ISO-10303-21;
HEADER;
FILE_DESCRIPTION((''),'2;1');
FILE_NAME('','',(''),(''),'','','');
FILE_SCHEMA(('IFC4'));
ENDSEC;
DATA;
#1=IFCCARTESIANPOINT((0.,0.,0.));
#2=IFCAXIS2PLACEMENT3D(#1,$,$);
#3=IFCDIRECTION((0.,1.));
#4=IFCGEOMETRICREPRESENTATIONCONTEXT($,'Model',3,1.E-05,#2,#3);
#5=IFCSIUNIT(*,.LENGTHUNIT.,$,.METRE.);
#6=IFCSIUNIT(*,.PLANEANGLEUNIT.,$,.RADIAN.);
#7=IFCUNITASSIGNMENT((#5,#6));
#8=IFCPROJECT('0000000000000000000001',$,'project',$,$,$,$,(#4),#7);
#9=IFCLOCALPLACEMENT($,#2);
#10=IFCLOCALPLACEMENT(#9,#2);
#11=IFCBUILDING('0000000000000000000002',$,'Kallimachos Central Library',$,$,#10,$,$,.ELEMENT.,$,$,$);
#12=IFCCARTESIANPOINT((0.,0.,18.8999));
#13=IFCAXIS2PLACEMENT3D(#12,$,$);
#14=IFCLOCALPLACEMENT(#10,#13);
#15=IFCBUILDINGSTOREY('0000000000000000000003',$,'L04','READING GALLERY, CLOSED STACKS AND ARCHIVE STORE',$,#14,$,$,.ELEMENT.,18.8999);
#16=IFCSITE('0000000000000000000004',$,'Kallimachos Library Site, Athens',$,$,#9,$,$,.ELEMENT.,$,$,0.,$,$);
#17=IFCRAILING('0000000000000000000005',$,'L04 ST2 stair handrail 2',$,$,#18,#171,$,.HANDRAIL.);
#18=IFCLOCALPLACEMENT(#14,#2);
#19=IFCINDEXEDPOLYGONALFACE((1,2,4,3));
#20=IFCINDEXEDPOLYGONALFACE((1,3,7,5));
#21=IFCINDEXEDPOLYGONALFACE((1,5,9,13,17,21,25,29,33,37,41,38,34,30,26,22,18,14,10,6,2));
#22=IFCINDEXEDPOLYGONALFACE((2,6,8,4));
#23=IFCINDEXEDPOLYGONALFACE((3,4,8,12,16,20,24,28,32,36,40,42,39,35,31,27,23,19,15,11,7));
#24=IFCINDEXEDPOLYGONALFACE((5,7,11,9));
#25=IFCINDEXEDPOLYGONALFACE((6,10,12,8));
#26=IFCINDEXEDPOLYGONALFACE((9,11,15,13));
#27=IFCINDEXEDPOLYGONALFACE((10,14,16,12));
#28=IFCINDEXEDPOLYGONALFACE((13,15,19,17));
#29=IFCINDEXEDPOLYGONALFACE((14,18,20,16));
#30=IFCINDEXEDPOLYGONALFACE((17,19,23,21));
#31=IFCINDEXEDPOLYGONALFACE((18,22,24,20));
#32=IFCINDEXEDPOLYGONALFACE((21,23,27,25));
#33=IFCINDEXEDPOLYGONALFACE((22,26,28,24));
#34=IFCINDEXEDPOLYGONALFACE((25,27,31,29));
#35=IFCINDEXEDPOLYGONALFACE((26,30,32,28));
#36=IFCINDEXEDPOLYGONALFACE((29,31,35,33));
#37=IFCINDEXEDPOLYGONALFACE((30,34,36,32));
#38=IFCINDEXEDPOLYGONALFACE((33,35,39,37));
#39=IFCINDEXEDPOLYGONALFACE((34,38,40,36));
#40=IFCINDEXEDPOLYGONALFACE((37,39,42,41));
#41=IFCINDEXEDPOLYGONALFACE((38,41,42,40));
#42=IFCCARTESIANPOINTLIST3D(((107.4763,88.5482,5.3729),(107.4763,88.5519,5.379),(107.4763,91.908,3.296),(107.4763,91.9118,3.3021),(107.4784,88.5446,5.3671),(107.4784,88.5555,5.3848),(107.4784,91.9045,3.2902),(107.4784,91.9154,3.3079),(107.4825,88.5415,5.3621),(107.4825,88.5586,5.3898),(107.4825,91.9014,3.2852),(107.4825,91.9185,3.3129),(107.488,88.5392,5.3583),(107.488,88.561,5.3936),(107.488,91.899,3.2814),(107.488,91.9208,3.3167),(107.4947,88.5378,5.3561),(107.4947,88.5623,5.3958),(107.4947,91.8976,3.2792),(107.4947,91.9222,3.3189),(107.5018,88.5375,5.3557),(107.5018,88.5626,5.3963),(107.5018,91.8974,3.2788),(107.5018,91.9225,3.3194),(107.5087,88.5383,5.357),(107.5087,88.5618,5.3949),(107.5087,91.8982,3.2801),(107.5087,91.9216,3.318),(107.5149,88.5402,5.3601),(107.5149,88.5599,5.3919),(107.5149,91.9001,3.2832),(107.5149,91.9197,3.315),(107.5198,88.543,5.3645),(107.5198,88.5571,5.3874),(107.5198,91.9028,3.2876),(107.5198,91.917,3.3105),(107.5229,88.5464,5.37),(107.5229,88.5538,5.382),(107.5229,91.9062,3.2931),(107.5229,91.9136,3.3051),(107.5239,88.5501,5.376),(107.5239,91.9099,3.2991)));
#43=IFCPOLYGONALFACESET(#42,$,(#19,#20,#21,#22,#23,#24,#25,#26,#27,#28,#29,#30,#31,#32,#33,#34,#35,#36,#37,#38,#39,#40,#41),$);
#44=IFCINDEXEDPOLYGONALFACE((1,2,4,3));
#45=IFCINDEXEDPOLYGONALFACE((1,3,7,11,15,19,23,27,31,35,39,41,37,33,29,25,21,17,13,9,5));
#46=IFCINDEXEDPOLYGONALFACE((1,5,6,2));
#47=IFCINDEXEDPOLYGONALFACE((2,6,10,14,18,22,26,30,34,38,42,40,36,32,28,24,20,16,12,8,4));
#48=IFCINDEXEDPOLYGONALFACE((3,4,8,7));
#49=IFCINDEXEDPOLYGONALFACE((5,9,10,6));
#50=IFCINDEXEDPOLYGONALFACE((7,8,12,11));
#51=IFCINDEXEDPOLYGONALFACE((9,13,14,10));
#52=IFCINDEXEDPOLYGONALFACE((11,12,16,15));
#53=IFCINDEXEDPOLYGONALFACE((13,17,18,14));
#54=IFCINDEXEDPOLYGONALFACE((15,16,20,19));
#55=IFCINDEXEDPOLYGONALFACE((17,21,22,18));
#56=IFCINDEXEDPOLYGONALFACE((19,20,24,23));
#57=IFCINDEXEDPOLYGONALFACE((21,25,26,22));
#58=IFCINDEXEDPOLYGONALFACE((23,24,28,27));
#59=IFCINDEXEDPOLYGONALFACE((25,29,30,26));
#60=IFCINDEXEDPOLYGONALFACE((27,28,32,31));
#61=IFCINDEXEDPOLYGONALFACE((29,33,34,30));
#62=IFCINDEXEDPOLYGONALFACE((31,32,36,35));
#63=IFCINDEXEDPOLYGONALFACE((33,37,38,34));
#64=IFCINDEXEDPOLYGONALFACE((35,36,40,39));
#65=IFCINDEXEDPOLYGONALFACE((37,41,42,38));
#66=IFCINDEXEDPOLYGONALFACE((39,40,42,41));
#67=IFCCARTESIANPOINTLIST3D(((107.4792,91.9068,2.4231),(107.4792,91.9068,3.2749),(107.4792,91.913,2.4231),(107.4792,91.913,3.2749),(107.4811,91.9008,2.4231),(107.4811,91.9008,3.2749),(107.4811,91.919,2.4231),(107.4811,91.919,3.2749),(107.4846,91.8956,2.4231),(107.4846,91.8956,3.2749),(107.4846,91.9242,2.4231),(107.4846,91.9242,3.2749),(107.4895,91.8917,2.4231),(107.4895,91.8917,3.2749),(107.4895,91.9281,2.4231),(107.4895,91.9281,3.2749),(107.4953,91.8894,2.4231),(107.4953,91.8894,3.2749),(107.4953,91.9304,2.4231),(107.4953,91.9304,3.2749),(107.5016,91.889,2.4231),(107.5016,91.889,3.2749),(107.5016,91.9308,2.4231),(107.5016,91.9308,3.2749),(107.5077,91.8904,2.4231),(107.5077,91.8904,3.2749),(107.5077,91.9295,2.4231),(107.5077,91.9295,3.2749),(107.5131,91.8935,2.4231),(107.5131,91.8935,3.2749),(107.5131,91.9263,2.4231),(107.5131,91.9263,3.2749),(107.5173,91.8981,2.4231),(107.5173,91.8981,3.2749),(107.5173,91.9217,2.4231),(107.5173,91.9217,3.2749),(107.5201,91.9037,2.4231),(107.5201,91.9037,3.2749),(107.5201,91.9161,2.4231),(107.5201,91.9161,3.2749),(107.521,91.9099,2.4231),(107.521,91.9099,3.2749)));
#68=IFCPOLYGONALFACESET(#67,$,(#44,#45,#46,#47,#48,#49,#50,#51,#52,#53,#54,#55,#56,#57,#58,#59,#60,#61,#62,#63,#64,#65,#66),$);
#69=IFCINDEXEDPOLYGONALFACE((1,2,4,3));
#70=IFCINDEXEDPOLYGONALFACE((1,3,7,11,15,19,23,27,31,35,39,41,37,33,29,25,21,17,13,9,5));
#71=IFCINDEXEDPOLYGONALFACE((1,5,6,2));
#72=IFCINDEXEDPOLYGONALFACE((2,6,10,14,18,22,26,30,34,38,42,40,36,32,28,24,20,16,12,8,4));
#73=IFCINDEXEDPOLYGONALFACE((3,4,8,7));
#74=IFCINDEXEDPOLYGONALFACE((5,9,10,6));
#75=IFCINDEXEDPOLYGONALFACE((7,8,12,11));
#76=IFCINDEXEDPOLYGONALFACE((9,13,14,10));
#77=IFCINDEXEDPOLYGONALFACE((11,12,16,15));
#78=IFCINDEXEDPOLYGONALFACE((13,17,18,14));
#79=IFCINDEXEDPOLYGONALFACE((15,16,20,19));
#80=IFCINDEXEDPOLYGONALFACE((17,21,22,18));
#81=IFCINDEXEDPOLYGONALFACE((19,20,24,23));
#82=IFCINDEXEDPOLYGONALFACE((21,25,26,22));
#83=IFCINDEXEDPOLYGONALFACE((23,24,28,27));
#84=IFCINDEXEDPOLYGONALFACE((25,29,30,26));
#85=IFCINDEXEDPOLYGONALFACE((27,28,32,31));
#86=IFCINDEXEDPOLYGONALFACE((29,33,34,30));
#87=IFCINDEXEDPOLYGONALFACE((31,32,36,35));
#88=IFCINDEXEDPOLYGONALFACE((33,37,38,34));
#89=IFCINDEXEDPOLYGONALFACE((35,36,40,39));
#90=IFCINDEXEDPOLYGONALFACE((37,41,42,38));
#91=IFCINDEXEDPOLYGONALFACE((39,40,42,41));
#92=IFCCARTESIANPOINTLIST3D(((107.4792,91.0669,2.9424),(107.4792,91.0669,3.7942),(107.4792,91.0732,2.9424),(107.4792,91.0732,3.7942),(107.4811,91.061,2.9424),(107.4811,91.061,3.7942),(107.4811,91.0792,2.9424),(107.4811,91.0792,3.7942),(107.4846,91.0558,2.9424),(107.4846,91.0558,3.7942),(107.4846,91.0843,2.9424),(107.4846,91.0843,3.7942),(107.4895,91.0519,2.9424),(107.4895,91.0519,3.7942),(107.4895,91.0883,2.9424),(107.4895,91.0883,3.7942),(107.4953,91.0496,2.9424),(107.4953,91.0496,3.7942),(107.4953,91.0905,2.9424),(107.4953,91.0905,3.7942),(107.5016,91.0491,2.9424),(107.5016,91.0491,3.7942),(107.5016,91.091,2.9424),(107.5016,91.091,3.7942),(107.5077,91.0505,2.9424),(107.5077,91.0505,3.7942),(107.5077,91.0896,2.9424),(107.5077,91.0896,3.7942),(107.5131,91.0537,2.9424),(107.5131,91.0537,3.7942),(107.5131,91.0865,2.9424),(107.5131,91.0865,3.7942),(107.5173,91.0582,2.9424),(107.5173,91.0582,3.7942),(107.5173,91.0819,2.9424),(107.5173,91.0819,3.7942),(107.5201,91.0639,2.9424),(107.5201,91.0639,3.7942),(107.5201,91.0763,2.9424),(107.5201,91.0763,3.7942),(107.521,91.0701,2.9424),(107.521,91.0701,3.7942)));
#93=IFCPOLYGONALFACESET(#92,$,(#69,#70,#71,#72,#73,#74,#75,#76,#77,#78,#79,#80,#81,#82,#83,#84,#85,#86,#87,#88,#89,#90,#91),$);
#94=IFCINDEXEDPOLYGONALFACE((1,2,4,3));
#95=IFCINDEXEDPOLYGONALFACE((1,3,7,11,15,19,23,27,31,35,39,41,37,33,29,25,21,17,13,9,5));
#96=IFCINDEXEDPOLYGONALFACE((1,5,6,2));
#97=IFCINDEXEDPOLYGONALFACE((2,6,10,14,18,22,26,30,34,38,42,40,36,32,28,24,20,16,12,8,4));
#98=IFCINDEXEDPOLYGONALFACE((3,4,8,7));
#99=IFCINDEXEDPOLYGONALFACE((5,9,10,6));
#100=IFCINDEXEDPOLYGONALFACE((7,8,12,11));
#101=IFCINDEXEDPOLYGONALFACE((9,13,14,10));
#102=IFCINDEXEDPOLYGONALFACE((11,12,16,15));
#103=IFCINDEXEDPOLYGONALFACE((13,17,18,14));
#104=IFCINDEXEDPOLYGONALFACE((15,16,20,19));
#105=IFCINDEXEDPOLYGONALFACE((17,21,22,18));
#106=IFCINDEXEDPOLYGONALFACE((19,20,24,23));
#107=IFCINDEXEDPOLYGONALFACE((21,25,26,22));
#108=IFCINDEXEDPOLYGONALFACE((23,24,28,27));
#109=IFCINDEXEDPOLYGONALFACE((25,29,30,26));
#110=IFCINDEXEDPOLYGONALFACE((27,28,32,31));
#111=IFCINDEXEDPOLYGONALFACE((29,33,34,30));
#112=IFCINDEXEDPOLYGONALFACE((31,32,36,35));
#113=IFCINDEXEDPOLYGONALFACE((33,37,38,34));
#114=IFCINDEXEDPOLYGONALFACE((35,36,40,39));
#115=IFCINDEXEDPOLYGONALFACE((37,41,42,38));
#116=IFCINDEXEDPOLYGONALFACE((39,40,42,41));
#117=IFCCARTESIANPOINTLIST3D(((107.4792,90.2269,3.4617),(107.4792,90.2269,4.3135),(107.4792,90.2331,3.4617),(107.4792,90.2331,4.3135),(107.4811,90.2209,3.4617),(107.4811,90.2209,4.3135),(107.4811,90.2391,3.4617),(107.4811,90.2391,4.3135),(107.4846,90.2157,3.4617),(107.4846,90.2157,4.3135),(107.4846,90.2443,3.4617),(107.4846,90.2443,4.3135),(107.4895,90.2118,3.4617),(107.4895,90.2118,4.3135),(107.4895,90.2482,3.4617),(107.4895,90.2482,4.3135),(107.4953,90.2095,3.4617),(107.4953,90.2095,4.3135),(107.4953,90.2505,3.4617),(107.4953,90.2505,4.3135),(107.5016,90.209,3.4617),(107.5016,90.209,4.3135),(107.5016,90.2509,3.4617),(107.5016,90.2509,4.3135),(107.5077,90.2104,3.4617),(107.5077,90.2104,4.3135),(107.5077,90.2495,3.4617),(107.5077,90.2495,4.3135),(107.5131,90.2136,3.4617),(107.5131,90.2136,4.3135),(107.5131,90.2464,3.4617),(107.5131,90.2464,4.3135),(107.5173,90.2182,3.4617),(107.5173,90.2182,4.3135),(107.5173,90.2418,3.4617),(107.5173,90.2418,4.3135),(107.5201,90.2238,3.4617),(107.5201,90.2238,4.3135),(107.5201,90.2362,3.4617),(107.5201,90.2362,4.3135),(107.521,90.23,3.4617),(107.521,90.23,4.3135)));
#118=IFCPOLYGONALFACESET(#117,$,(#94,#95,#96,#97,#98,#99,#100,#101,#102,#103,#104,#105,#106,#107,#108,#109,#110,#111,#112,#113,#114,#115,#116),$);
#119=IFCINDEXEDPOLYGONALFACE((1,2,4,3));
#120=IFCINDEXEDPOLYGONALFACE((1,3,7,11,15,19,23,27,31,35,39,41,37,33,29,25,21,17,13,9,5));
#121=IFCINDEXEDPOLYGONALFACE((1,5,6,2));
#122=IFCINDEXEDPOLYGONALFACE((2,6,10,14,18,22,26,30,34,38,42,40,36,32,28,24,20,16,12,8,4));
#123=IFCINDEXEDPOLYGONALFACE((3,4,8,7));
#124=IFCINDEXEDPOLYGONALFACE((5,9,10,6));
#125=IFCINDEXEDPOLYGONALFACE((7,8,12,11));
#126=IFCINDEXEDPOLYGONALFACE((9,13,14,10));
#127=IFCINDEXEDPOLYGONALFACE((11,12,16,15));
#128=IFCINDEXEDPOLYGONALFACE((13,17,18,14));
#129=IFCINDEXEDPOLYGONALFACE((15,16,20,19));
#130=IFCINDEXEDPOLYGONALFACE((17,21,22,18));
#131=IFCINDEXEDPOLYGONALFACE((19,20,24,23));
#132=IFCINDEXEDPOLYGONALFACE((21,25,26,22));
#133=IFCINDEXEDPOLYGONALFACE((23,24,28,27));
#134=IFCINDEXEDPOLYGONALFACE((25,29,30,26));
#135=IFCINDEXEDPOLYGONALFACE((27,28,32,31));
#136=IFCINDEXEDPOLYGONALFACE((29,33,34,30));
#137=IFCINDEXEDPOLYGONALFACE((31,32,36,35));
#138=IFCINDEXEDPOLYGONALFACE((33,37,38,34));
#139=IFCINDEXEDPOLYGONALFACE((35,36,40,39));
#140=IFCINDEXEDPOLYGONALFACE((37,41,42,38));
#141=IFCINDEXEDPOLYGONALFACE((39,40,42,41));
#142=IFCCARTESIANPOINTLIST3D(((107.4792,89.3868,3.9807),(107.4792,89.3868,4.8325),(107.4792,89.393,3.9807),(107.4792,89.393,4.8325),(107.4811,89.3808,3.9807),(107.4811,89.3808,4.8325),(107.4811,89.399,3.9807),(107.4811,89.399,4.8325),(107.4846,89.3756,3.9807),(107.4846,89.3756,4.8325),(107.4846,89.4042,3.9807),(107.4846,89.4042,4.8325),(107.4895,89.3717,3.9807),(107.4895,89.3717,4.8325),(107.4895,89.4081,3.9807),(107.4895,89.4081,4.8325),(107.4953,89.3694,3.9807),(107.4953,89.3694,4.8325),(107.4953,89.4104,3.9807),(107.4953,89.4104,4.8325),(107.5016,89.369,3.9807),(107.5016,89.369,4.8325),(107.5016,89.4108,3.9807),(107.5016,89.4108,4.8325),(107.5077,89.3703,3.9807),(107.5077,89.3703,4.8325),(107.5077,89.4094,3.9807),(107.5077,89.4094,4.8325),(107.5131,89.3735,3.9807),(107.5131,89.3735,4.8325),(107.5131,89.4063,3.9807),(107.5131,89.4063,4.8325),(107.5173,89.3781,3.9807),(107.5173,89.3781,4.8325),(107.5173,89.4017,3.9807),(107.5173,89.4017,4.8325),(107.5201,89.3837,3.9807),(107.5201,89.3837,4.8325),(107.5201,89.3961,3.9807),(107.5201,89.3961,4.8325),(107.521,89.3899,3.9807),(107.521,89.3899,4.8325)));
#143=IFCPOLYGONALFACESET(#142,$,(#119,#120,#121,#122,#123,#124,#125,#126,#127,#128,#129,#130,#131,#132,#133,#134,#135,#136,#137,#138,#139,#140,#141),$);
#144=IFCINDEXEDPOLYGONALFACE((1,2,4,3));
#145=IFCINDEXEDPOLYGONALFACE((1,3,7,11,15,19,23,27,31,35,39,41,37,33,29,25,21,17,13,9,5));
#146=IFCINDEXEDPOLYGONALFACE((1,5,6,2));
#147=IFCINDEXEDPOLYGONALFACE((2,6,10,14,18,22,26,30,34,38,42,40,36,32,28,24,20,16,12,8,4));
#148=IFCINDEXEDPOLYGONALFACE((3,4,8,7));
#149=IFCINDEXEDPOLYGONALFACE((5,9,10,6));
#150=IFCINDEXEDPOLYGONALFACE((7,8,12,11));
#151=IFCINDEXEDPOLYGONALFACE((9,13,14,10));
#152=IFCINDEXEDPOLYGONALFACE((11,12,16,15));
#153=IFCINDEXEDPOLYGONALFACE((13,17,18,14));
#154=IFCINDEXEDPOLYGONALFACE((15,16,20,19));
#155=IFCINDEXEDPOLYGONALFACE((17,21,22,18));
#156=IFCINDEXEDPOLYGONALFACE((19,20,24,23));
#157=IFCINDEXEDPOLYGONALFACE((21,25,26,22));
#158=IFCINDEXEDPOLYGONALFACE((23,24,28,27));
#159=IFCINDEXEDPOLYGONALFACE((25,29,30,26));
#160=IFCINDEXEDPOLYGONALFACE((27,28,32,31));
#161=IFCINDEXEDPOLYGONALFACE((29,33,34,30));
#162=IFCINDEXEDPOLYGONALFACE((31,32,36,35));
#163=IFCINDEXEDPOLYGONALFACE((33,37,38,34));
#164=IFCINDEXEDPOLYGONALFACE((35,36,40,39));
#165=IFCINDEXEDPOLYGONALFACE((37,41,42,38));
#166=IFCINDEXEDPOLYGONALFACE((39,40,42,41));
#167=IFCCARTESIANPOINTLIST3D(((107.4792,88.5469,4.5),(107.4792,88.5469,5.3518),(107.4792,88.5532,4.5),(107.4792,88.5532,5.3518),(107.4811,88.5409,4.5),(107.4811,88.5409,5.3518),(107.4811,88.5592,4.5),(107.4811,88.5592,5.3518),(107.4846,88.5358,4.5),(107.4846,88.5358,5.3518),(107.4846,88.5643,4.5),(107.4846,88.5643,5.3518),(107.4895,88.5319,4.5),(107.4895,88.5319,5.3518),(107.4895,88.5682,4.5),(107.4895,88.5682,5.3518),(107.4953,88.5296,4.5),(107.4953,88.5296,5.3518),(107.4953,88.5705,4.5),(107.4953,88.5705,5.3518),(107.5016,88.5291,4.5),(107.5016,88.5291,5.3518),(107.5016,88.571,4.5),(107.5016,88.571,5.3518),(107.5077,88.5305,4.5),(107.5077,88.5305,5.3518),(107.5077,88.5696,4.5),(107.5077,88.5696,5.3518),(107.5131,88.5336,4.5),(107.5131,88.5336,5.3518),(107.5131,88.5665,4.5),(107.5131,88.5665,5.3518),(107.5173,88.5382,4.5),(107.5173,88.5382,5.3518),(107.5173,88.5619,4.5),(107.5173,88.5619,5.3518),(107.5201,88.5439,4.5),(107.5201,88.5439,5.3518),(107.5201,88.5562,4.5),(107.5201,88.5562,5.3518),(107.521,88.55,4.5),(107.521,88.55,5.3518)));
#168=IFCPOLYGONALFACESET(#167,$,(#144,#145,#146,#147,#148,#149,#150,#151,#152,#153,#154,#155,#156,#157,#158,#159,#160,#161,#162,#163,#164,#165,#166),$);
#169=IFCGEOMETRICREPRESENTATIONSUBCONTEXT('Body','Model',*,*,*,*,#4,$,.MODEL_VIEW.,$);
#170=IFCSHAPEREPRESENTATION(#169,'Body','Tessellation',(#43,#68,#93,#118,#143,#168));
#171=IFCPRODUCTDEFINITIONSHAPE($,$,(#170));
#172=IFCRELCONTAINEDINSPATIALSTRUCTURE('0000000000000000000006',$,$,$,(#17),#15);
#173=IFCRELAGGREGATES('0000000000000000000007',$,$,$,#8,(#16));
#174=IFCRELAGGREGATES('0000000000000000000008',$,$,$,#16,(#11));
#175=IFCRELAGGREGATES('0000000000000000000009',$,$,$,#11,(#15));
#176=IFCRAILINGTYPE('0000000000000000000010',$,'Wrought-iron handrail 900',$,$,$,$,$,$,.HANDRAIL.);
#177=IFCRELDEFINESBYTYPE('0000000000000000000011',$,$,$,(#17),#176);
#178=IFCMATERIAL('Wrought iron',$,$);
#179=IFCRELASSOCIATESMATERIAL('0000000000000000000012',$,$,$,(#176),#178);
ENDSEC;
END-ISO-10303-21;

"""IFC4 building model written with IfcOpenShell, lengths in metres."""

from ifc_helpers import new_model, si_unit, direction, frame, origin, origin_2d, place, context, subcontext, project, spatial, circle, extrude, material, type_object, element, save


model = new_model("IFC4")

# Units and contexts
model_context = context("Model", 3, precision=1e-05, world=origin(), true_north=direction((0.0, 1.0)))
body_context = subcontext(model_context, "Body", "Model", "MODEL_VIEW")
ifc_project = project(units=[si_unit("LENGTHUNIT", "METRE"), si_unit("PLANEANGLEUNIT", "RADIAN")], contexts=[model_context])

# Site, building, storey
site_placement = place(None, origin())
site = spatial("IfcSite", under=ifc_project, at=site_placement, Name="Kallimachos Library Site, Athens", CompositionType="ELEMENT", RefElevation=0.0)
building_placement = place(site_placement, origin())
building = spatial("IfcBuilding", under=site, at=building_placement, Name="Kallimachos Central Library", CompositionType="ELEMENT")
storey_placement = place(building_placement, frame((0.0, 0.0, 18.8999)))
storey = spatial("IfcBuildingStorey", under=building, at=storey_placement, Name="L04", Description="READING GALLERY, CLOSED STACKS AND ARCHIVE STORE", CompositionType="ELEMENT", Elevation=18.8999)

# Railing
ifc_material_1 = material(Name="Wrought iron")
railing_type_1 = type_object("IfcRailingType", Name="Wrought-iron handrail 900", PredefinedType="HANDRAIL", material=ifc_material_1)
railing_1_placement = place(storey_placement, frame((107.5, 91.9099, 2.4231)))
element("IfcRailing", 1, at=railing_1_placement, inside=storey, type_object=railing_type_1, Name="L04 ST2 stair handrail 2", PredefinedType="HANDRAIL", context=body_context, shape_type="SweptSolid", body=[
    extrude(circle(Radius=0.0239, at=origin_2d()), frame((0.0, 0.0, 0.876), z_axis=(0.0, -0.850606, 0.525803), x_axis=(1.0, 0.0, 0.0)), (0.0, 0.0, 1.0), 3.95),
    extrude(circle(Radius=0.021, at=origin_2d()), origin(), (0.0, 0.0, 1.0), 0.8518),
    extrude(circle(Radius=0.021, at=origin_2d()), frame((0.0, -0.8398, 0.5193)), (0.0, 0.0, 1.0), 0.8518),
    extrude(circle(Radius=0.021, at=origin_2d()), frame((0.0, -1.6799, 1.0386)), (0.0, 0.0, 1.0), 0.8518),
    extrude(circle(Radius=0.021, at=origin_2d()), frame((0.0, -2.52, 1.5576)), (0.0, 0.0, 1.0), 0.8518),
    extrude(circle(Radius=0.021, at=origin_2d()), frame((0.0, -3.3599, 2.0769)), (0.0, 0.0, 1.0), 0.8518),
])

save(model, "model.ifc")
